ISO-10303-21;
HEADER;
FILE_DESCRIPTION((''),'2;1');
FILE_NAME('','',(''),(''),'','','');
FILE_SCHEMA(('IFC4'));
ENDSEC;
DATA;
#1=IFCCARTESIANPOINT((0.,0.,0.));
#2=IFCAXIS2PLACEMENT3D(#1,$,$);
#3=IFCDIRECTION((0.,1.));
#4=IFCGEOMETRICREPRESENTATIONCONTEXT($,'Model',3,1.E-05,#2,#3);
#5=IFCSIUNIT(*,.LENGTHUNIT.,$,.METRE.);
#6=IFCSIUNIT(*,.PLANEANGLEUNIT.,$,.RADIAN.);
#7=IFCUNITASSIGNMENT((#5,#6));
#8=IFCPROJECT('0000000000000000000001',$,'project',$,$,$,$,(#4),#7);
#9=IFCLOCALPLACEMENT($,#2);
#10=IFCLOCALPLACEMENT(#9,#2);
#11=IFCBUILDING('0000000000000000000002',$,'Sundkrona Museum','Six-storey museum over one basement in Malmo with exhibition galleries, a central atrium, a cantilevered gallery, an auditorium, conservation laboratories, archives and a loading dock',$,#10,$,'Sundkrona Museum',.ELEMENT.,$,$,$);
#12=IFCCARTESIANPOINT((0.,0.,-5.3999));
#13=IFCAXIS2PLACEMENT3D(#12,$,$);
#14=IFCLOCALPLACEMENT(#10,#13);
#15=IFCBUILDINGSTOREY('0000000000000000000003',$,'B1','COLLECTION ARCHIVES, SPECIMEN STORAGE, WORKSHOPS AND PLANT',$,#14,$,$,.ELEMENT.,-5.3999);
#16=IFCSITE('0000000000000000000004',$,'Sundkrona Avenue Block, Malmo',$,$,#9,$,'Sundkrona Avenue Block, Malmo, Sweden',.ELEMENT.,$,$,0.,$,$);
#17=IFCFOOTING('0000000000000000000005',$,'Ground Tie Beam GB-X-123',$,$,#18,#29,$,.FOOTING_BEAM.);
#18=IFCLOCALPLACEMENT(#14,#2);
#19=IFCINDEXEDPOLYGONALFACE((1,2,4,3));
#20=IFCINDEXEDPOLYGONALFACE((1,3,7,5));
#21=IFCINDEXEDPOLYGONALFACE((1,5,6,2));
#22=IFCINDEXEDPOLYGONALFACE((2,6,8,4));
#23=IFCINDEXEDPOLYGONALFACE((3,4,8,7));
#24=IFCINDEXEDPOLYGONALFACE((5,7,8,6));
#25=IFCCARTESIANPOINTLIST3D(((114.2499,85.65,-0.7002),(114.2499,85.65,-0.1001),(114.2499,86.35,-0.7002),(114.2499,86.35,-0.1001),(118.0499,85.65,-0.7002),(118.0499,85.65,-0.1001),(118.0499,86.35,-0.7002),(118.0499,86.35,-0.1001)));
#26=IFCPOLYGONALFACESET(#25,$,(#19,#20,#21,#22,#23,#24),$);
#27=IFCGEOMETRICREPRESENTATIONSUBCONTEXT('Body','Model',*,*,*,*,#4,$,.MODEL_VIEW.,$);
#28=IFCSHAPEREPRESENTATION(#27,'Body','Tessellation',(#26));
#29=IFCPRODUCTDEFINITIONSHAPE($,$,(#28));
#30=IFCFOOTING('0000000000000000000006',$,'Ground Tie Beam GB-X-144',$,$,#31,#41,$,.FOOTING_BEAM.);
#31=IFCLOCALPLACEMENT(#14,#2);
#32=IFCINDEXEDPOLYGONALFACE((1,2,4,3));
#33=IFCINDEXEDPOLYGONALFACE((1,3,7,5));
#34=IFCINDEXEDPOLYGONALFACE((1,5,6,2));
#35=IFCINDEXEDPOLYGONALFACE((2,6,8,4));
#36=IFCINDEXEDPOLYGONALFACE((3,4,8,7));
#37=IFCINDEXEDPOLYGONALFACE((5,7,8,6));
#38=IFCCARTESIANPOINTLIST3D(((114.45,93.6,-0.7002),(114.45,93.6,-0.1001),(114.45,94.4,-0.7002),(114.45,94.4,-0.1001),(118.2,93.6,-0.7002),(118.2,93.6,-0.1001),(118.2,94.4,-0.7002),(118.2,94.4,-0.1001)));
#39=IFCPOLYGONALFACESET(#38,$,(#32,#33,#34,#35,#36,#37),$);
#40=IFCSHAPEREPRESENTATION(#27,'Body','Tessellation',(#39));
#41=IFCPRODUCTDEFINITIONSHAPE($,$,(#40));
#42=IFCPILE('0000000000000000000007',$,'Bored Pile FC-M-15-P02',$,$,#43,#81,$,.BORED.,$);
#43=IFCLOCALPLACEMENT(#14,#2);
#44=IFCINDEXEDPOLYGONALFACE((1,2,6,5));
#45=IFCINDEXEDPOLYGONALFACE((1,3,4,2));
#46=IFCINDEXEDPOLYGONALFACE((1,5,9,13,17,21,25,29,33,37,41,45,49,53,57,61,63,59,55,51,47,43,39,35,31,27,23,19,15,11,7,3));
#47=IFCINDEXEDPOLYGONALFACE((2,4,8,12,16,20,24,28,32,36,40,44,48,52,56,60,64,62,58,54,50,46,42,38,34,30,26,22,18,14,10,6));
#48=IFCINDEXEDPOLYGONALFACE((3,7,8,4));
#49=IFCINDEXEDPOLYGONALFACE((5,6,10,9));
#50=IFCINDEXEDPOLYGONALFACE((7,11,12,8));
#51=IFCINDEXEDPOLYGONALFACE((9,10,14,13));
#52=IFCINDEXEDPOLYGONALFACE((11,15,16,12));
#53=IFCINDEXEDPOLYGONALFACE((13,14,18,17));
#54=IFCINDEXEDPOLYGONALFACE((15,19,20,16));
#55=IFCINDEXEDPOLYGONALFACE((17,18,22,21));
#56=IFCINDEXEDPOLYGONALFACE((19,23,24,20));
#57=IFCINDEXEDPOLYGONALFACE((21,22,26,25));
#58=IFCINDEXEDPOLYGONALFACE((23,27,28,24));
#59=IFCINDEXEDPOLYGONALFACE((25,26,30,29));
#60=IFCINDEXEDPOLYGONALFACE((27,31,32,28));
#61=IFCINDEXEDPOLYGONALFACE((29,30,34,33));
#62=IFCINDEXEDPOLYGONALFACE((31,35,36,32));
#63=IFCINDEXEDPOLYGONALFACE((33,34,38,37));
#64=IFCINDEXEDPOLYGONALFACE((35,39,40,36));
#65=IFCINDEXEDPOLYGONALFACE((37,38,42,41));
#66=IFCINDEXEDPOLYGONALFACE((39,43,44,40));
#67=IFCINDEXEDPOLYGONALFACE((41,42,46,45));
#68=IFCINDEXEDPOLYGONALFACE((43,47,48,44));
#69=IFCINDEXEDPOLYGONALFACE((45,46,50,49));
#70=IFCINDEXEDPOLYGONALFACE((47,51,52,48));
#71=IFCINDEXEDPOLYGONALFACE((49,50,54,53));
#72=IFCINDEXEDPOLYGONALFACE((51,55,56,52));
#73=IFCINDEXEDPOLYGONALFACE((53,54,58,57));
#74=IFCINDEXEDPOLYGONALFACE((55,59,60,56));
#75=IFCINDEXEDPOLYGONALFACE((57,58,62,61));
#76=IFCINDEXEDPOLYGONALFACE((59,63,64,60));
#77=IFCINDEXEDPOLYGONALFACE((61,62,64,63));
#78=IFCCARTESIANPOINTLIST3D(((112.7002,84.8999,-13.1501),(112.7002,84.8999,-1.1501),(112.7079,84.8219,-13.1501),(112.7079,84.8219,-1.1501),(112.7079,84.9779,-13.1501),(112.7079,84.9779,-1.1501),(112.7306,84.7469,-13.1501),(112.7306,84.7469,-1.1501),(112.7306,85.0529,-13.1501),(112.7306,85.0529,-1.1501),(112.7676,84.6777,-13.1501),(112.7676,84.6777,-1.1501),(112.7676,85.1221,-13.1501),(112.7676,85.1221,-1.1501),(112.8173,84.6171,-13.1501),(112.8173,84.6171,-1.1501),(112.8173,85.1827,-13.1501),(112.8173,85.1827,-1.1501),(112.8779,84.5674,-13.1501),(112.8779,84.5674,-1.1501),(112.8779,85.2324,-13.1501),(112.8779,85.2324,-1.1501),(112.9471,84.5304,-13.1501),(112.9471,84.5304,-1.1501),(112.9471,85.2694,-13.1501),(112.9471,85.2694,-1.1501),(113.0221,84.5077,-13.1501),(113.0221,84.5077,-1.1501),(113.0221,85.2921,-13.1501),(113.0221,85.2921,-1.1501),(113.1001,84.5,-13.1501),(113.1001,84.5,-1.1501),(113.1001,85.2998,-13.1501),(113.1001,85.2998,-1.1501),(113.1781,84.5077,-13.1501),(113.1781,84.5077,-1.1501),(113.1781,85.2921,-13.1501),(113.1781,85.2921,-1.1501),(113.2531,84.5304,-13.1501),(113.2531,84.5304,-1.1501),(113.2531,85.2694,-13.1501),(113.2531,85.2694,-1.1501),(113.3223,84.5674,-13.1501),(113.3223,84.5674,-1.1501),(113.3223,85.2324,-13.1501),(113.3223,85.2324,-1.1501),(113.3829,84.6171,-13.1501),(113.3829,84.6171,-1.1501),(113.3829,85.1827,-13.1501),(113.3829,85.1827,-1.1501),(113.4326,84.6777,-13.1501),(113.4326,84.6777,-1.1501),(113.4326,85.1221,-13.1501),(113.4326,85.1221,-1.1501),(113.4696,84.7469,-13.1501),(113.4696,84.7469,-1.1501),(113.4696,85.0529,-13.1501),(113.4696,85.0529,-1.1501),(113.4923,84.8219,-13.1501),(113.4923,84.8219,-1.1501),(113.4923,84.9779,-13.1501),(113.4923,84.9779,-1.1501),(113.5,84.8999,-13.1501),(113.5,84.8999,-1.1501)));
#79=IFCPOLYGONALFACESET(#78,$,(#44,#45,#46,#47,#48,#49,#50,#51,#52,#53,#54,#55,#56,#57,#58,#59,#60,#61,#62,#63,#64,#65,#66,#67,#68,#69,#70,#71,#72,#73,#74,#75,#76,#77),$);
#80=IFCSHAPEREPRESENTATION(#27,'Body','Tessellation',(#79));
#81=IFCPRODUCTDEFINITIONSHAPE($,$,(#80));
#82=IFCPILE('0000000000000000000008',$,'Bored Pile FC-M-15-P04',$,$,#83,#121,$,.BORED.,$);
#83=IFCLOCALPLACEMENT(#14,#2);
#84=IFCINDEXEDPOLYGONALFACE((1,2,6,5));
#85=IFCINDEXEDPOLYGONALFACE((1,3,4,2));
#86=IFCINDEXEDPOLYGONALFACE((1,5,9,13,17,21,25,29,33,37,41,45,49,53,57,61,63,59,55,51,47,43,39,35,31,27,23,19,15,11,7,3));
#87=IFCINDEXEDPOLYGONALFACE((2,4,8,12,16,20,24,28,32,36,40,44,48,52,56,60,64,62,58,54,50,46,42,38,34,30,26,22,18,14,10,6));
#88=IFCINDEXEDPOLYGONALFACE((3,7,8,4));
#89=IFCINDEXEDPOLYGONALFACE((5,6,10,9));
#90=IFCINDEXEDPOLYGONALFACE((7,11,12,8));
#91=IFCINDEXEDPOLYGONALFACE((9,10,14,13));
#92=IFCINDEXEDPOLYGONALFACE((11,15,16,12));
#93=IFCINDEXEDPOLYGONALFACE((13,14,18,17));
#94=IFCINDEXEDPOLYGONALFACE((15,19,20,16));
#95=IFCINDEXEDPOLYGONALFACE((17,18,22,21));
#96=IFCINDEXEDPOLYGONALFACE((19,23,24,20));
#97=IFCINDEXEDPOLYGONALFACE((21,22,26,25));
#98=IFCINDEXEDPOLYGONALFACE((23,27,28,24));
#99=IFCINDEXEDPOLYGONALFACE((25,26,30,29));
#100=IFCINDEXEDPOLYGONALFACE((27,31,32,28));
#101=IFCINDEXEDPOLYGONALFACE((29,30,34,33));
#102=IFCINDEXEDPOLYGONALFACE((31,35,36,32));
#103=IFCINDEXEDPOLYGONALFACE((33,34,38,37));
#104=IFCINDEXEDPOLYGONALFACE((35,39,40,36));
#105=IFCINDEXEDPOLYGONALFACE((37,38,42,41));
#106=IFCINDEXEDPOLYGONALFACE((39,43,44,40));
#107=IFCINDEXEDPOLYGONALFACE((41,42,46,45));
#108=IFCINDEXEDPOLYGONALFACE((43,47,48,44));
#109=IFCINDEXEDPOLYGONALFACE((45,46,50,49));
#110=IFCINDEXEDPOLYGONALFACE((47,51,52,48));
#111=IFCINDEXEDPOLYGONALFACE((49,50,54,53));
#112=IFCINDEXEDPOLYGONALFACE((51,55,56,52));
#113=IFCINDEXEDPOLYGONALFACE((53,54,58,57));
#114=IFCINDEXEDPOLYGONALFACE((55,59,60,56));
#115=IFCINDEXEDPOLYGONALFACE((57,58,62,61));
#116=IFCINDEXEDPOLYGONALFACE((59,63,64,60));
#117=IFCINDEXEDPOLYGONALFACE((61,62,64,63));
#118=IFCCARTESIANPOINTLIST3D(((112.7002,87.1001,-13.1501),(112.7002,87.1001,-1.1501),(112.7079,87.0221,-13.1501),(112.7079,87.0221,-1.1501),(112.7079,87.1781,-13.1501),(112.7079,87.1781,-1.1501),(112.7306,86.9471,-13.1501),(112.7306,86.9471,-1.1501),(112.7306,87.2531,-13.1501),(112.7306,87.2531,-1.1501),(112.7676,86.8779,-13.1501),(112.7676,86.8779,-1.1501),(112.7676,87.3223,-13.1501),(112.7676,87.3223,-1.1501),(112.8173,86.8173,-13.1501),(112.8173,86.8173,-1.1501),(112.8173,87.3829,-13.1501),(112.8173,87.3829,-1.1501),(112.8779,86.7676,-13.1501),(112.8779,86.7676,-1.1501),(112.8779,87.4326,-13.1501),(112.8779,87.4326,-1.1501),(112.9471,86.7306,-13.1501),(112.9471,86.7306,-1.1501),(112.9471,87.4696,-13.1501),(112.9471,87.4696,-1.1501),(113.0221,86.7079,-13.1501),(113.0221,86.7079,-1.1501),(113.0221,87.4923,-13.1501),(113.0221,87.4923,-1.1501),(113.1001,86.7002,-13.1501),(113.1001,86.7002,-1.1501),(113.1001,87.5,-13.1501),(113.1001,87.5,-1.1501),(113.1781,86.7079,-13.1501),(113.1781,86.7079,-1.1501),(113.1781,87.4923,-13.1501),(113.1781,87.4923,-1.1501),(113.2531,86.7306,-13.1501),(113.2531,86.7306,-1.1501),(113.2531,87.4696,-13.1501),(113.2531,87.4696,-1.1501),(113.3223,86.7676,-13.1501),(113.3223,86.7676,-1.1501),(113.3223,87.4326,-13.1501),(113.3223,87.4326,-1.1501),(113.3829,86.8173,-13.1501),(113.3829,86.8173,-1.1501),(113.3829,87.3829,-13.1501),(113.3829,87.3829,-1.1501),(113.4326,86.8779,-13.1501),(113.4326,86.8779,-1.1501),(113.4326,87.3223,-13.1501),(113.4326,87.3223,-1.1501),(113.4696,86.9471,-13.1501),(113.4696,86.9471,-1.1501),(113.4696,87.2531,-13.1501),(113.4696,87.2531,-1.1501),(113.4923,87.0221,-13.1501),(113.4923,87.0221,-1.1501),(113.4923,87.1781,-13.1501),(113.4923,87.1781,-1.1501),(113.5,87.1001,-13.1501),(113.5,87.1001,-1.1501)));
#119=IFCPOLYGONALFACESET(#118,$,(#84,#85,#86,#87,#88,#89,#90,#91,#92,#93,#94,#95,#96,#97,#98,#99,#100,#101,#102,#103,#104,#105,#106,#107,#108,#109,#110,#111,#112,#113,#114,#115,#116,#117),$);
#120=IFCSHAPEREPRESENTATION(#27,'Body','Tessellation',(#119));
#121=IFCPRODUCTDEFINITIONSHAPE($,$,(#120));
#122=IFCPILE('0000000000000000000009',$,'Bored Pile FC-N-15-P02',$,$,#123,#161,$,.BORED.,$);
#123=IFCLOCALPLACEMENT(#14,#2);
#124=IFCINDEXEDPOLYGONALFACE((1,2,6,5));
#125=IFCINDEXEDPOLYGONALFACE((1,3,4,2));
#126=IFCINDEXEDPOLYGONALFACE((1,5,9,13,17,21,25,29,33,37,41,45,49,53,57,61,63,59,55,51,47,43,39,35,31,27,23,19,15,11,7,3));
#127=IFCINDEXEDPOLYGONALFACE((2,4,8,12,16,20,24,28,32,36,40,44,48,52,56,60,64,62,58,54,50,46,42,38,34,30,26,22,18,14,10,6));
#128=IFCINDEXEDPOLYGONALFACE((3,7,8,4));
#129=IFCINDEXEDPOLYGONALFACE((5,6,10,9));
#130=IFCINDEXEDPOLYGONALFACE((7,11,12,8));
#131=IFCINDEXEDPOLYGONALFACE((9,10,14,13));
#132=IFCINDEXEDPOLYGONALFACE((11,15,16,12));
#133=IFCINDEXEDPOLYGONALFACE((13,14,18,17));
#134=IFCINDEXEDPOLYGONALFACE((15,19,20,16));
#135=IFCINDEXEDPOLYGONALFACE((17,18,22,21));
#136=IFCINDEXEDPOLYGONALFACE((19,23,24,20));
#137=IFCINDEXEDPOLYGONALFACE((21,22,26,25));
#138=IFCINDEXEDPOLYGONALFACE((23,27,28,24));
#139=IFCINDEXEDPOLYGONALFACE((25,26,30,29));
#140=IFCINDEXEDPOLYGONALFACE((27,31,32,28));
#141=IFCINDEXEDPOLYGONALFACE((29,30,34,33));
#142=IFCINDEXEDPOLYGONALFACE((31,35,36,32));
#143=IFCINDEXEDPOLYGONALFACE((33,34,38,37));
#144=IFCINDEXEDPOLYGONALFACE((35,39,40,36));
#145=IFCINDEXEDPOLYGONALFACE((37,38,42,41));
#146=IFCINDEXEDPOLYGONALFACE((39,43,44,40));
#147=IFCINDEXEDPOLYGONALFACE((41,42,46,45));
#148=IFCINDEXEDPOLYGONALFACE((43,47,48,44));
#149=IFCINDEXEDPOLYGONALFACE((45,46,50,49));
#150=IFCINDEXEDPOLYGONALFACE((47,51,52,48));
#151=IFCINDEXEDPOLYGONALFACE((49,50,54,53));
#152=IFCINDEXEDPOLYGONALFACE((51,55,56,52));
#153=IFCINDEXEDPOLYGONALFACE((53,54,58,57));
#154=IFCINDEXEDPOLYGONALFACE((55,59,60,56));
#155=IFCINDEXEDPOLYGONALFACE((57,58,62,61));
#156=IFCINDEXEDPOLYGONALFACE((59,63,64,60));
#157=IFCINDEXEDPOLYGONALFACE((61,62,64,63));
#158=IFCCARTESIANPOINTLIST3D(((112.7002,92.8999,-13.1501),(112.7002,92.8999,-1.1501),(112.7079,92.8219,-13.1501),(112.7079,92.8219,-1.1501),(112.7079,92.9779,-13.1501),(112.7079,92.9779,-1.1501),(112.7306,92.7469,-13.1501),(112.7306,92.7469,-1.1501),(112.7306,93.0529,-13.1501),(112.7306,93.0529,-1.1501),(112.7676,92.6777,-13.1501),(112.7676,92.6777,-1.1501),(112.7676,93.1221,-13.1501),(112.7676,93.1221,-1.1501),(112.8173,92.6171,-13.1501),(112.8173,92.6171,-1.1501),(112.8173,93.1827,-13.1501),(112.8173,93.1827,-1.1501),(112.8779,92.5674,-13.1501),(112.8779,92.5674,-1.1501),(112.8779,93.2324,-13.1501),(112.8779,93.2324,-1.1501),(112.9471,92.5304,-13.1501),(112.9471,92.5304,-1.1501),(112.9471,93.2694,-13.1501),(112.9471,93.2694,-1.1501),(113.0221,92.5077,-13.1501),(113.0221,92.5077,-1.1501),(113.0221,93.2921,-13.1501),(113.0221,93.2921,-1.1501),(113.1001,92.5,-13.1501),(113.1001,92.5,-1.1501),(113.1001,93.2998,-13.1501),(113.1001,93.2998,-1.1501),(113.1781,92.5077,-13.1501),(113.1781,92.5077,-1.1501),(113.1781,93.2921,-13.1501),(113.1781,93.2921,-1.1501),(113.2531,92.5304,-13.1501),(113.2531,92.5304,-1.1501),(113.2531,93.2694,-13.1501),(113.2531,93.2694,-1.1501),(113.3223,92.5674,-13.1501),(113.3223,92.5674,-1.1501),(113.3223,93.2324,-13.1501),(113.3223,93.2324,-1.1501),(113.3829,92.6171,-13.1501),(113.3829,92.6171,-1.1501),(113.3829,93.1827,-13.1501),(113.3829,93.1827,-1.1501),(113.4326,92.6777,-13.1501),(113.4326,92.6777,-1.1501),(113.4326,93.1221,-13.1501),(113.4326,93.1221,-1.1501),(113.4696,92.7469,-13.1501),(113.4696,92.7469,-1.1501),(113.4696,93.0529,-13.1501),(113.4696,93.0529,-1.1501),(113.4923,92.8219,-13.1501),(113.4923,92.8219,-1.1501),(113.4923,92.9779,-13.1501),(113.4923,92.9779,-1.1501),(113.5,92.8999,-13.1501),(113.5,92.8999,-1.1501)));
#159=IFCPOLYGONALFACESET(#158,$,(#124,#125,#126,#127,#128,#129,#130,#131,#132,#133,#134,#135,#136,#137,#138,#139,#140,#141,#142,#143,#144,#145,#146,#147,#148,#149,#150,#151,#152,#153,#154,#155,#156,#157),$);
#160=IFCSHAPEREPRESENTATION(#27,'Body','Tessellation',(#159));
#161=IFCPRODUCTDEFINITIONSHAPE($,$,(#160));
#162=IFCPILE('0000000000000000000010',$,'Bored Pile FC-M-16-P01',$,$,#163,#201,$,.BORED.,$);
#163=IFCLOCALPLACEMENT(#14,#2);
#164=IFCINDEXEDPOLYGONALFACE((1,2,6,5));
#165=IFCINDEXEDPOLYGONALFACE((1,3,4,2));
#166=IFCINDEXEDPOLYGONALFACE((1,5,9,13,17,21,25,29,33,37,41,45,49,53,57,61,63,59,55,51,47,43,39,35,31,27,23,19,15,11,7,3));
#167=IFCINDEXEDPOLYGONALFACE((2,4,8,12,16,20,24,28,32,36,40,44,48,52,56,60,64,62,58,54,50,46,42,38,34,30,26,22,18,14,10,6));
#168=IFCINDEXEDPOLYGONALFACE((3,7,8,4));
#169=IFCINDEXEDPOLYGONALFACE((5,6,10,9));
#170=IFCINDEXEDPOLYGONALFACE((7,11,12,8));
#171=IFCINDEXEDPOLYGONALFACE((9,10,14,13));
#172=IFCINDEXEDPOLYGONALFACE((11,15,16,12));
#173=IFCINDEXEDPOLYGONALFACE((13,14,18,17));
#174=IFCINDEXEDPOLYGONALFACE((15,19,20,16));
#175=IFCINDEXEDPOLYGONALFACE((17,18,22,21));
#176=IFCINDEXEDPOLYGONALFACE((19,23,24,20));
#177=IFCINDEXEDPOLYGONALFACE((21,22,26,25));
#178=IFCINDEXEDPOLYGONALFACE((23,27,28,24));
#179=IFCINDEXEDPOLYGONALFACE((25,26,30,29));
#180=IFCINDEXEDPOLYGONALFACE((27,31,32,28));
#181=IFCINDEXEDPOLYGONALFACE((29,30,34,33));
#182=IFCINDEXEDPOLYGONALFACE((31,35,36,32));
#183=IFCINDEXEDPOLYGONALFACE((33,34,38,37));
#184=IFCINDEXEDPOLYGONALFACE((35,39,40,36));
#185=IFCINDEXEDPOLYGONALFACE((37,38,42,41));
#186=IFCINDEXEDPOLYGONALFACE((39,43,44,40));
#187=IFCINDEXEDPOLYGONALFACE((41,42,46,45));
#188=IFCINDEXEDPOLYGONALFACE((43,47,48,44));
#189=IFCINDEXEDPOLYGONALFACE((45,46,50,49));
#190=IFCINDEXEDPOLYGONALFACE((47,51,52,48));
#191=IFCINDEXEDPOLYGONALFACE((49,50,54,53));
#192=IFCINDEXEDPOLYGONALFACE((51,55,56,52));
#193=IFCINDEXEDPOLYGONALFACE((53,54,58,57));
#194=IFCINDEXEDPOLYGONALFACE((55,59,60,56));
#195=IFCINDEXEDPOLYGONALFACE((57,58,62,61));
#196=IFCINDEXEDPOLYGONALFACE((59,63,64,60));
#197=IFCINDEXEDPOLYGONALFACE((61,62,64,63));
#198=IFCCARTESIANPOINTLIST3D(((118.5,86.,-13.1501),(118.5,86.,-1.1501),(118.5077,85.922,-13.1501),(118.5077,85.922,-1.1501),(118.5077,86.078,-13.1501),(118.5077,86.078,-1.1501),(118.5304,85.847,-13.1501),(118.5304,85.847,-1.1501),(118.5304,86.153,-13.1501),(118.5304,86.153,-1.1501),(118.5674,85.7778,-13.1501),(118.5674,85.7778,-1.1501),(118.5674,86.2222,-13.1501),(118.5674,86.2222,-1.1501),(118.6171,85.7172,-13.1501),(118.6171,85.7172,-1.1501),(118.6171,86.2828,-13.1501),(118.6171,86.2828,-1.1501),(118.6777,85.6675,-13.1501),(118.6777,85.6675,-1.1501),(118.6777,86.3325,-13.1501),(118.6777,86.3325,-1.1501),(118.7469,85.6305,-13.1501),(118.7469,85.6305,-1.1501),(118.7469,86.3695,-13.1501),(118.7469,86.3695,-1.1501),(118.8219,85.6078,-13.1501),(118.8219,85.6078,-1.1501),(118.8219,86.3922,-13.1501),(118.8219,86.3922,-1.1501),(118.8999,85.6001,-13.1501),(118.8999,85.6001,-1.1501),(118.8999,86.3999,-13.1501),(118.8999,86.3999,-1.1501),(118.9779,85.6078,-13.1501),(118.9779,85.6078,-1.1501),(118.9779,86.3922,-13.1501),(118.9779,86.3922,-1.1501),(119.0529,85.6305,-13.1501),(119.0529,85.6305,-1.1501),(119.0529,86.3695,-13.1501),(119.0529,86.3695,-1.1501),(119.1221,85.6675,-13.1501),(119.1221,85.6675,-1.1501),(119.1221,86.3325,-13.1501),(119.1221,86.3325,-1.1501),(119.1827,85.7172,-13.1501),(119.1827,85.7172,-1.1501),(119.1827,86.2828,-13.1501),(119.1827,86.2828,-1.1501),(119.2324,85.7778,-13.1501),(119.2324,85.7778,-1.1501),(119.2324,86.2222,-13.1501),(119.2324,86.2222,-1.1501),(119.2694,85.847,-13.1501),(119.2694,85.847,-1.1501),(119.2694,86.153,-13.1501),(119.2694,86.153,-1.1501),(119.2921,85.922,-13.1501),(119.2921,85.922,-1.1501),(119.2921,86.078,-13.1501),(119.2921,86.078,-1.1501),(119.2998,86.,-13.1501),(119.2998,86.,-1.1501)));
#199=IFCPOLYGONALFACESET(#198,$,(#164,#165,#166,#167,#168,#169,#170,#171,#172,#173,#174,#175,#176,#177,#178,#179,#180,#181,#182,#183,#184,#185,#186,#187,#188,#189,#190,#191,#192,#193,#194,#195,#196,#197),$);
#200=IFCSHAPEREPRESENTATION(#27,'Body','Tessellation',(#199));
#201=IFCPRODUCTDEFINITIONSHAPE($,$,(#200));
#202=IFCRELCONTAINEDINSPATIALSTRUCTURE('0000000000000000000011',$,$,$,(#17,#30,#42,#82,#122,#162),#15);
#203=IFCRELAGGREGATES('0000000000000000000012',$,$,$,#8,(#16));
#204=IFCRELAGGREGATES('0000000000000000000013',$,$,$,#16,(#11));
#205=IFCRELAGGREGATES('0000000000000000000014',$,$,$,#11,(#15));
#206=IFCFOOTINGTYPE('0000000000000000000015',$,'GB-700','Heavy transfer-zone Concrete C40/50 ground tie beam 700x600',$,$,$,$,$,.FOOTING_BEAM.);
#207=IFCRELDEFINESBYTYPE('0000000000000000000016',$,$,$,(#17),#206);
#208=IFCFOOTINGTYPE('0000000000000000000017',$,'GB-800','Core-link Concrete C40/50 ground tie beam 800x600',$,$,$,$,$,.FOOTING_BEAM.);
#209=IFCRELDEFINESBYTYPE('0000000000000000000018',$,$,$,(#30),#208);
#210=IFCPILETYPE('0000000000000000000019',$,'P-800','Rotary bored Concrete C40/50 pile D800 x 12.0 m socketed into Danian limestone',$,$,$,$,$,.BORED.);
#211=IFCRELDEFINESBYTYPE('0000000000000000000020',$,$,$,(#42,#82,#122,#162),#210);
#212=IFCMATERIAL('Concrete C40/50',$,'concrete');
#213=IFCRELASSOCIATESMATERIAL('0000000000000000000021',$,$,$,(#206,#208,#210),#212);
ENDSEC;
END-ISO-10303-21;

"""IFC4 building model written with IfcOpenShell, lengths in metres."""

from ifc_helpers import new_model, si_unit, direction, frame, origin, origin_2d, place, context, subcontext, project, spatial, rectangle, circle, extrude, material, material_profile, profile_set, type_object, element, save


model = new_model("IFC4")

# Units and contexts
model_context = context("Model", 3, precision=1e-05, world=origin(), true_north=direction((0.0, 1.0)))
body_context = subcontext(model_context, "Body", "Model", "MODEL_VIEW")
ifc_project = project(units=[si_unit("LENGTHUNIT", "METRE"), si_unit("PLANEANGLEUNIT", "RADIAN")], contexts=[model_context])

# Site, building, storey
site_placement = place(None, origin())
site = spatial("IfcSite", under=ifc_project, at=site_placement, Name="Sundkrona Avenue Block, Malmo", LongName="Sundkrona Avenue Block, Malmo, Sweden", CompositionType="ELEMENT", RefElevation=0.0)
building_placement = place(site_placement, origin())
building = spatial("IfcBuilding", under=site, at=building_placement, Name="Sundkrona Museum", Description="Six-storey museum over one basement in Malmo with exhibition galleries, a central atrium, a cantilevered gallery, an auditorium, conservation laboratories, archives and a loading dock", LongName="Sundkrona Museum", CompositionType="ELEMENT")
storey_placement = place(building_placement, frame((0.0, 0.0, -5.3999)))
storey = spatial("IfcBuildingStorey", under=building, at=storey_placement, Name="B1", Description="COLLECTION ARCHIVES, SPECIMEN STORAGE, WORKSHOPS AND PLANT", CompositionType="ELEMENT", Elevation=-5.3999)

# Footings
ifc_material_1 = material(Name="Concrete C40/50", Category="concrete")
footing_type_1 = type_object("IfcFootingType", Name="GB-700", Description="Heavy transfer-zone Concrete C40/50 ground tie beam 700x600", PredefinedType="FOOTING_BEAM", material=ifc_material_1)
footing_1_placement = place(storey_placement, frame((116.1499, 86.0, -0.7002), z_axis=(0.0, 0.0, 1.0), x_axis=(1.0, 0.0, 0.0)))
element("IfcFooting", 1, at=footing_1_placement, inside=storey, type_object=footing_type_1, Name="Ground Tie Beam GB-X-123", PredefinedType="FOOTING_BEAM", context=body_context, shape_type="SweptSolid", body=[
    extrude(rectangle(XDim=3.8, YDim=0.7, at=origin_2d()), origin(), (0.0, 0.0, 1.0), 0.6001),
])
footing_type_2 = type_object("IfcFootingType", Name="GB-800", Description="Core-link Concrete C40/50 ground tie beam 800x600", PredefinedType="FOOTING_BEAM", material=ifc_material_1)
footing_2_placement = place(storey_placement, frame((116.325, 94.0, -0.7002), z_axis=(0.0, 0.0, 1.0), x_axis=(1.0, 0.0, 0.0)))
element("IfcFooting", 2, at=footing_2_placement, inside=storey, type_object=footing_type_2, Name="Ground Tie Beam GB-X-144", PredefinedType="FOOTING_BEAM", context=body_context, shape_type="SweptSolid", body=[
    extrude(rectangle(XDim=3.75, YDim=0.8, at=origin_2d()), origin(), (0.0, 0.0, 1.0), 0.6001),
])

# Piles
ifc_material_profile_1 = material_profile(ifc_material_1, circle(Radius=0.3999, at=origin_2d()), Name="PILE D800")
ifc_profile_set_1 = profile_set([ifc_material_profile_1], Name="Concrete C40/50")
pile_type = type_object("IfcPileType", Name="P-800", Description="Rotary bored Concrete C40/50 pile D800 x 12.0 m socketed into Danian limestone", PredefinedType="BORED", material=ifc_profile_set_1)
for number, where, z_axis, x_axis, name in (
    (3, (113.1001, 84.8999, -1.1501), (0.0, 0.0, -1.0), (1.0, 0.0, 0.0), "Bored Pile FC-M-15-P02"),
    (4, (113.1001, 87.1001, -1.1501), (0.0, 0.0, -1.0), (1.0, 0.0, 0.0), "Bored Pile FC-M-15-P04"),
    (5, (113.1001, 92.8999, -1.1501), (0.0, 0.0, -1.0), (1.0, 0.0, 0.0), "Bored Pile FC-N-15-P02"),
    (6, (118.8999, 86.0, -1.1501), (0.0, 0.0, -1.0), (1.0, 0.0, 0.0), "Bored Pile FC-M-16-P01"),
):
    element("IfcPile", number, at=place(storey_placement, frame(where, z_axis=z_axis, x_axis=x_axis)), inside=storey, type_object=pile_type, Name=name, PredefinedType="BORED", context=body_context, shape_type="SweptSolid", body=[
        extrude(circle(Radius=0.3999, at=origin_2d()), origin(), (0.0, 0.0, 1.0), 12.0),
    ])

save(model, "model.ifc")
